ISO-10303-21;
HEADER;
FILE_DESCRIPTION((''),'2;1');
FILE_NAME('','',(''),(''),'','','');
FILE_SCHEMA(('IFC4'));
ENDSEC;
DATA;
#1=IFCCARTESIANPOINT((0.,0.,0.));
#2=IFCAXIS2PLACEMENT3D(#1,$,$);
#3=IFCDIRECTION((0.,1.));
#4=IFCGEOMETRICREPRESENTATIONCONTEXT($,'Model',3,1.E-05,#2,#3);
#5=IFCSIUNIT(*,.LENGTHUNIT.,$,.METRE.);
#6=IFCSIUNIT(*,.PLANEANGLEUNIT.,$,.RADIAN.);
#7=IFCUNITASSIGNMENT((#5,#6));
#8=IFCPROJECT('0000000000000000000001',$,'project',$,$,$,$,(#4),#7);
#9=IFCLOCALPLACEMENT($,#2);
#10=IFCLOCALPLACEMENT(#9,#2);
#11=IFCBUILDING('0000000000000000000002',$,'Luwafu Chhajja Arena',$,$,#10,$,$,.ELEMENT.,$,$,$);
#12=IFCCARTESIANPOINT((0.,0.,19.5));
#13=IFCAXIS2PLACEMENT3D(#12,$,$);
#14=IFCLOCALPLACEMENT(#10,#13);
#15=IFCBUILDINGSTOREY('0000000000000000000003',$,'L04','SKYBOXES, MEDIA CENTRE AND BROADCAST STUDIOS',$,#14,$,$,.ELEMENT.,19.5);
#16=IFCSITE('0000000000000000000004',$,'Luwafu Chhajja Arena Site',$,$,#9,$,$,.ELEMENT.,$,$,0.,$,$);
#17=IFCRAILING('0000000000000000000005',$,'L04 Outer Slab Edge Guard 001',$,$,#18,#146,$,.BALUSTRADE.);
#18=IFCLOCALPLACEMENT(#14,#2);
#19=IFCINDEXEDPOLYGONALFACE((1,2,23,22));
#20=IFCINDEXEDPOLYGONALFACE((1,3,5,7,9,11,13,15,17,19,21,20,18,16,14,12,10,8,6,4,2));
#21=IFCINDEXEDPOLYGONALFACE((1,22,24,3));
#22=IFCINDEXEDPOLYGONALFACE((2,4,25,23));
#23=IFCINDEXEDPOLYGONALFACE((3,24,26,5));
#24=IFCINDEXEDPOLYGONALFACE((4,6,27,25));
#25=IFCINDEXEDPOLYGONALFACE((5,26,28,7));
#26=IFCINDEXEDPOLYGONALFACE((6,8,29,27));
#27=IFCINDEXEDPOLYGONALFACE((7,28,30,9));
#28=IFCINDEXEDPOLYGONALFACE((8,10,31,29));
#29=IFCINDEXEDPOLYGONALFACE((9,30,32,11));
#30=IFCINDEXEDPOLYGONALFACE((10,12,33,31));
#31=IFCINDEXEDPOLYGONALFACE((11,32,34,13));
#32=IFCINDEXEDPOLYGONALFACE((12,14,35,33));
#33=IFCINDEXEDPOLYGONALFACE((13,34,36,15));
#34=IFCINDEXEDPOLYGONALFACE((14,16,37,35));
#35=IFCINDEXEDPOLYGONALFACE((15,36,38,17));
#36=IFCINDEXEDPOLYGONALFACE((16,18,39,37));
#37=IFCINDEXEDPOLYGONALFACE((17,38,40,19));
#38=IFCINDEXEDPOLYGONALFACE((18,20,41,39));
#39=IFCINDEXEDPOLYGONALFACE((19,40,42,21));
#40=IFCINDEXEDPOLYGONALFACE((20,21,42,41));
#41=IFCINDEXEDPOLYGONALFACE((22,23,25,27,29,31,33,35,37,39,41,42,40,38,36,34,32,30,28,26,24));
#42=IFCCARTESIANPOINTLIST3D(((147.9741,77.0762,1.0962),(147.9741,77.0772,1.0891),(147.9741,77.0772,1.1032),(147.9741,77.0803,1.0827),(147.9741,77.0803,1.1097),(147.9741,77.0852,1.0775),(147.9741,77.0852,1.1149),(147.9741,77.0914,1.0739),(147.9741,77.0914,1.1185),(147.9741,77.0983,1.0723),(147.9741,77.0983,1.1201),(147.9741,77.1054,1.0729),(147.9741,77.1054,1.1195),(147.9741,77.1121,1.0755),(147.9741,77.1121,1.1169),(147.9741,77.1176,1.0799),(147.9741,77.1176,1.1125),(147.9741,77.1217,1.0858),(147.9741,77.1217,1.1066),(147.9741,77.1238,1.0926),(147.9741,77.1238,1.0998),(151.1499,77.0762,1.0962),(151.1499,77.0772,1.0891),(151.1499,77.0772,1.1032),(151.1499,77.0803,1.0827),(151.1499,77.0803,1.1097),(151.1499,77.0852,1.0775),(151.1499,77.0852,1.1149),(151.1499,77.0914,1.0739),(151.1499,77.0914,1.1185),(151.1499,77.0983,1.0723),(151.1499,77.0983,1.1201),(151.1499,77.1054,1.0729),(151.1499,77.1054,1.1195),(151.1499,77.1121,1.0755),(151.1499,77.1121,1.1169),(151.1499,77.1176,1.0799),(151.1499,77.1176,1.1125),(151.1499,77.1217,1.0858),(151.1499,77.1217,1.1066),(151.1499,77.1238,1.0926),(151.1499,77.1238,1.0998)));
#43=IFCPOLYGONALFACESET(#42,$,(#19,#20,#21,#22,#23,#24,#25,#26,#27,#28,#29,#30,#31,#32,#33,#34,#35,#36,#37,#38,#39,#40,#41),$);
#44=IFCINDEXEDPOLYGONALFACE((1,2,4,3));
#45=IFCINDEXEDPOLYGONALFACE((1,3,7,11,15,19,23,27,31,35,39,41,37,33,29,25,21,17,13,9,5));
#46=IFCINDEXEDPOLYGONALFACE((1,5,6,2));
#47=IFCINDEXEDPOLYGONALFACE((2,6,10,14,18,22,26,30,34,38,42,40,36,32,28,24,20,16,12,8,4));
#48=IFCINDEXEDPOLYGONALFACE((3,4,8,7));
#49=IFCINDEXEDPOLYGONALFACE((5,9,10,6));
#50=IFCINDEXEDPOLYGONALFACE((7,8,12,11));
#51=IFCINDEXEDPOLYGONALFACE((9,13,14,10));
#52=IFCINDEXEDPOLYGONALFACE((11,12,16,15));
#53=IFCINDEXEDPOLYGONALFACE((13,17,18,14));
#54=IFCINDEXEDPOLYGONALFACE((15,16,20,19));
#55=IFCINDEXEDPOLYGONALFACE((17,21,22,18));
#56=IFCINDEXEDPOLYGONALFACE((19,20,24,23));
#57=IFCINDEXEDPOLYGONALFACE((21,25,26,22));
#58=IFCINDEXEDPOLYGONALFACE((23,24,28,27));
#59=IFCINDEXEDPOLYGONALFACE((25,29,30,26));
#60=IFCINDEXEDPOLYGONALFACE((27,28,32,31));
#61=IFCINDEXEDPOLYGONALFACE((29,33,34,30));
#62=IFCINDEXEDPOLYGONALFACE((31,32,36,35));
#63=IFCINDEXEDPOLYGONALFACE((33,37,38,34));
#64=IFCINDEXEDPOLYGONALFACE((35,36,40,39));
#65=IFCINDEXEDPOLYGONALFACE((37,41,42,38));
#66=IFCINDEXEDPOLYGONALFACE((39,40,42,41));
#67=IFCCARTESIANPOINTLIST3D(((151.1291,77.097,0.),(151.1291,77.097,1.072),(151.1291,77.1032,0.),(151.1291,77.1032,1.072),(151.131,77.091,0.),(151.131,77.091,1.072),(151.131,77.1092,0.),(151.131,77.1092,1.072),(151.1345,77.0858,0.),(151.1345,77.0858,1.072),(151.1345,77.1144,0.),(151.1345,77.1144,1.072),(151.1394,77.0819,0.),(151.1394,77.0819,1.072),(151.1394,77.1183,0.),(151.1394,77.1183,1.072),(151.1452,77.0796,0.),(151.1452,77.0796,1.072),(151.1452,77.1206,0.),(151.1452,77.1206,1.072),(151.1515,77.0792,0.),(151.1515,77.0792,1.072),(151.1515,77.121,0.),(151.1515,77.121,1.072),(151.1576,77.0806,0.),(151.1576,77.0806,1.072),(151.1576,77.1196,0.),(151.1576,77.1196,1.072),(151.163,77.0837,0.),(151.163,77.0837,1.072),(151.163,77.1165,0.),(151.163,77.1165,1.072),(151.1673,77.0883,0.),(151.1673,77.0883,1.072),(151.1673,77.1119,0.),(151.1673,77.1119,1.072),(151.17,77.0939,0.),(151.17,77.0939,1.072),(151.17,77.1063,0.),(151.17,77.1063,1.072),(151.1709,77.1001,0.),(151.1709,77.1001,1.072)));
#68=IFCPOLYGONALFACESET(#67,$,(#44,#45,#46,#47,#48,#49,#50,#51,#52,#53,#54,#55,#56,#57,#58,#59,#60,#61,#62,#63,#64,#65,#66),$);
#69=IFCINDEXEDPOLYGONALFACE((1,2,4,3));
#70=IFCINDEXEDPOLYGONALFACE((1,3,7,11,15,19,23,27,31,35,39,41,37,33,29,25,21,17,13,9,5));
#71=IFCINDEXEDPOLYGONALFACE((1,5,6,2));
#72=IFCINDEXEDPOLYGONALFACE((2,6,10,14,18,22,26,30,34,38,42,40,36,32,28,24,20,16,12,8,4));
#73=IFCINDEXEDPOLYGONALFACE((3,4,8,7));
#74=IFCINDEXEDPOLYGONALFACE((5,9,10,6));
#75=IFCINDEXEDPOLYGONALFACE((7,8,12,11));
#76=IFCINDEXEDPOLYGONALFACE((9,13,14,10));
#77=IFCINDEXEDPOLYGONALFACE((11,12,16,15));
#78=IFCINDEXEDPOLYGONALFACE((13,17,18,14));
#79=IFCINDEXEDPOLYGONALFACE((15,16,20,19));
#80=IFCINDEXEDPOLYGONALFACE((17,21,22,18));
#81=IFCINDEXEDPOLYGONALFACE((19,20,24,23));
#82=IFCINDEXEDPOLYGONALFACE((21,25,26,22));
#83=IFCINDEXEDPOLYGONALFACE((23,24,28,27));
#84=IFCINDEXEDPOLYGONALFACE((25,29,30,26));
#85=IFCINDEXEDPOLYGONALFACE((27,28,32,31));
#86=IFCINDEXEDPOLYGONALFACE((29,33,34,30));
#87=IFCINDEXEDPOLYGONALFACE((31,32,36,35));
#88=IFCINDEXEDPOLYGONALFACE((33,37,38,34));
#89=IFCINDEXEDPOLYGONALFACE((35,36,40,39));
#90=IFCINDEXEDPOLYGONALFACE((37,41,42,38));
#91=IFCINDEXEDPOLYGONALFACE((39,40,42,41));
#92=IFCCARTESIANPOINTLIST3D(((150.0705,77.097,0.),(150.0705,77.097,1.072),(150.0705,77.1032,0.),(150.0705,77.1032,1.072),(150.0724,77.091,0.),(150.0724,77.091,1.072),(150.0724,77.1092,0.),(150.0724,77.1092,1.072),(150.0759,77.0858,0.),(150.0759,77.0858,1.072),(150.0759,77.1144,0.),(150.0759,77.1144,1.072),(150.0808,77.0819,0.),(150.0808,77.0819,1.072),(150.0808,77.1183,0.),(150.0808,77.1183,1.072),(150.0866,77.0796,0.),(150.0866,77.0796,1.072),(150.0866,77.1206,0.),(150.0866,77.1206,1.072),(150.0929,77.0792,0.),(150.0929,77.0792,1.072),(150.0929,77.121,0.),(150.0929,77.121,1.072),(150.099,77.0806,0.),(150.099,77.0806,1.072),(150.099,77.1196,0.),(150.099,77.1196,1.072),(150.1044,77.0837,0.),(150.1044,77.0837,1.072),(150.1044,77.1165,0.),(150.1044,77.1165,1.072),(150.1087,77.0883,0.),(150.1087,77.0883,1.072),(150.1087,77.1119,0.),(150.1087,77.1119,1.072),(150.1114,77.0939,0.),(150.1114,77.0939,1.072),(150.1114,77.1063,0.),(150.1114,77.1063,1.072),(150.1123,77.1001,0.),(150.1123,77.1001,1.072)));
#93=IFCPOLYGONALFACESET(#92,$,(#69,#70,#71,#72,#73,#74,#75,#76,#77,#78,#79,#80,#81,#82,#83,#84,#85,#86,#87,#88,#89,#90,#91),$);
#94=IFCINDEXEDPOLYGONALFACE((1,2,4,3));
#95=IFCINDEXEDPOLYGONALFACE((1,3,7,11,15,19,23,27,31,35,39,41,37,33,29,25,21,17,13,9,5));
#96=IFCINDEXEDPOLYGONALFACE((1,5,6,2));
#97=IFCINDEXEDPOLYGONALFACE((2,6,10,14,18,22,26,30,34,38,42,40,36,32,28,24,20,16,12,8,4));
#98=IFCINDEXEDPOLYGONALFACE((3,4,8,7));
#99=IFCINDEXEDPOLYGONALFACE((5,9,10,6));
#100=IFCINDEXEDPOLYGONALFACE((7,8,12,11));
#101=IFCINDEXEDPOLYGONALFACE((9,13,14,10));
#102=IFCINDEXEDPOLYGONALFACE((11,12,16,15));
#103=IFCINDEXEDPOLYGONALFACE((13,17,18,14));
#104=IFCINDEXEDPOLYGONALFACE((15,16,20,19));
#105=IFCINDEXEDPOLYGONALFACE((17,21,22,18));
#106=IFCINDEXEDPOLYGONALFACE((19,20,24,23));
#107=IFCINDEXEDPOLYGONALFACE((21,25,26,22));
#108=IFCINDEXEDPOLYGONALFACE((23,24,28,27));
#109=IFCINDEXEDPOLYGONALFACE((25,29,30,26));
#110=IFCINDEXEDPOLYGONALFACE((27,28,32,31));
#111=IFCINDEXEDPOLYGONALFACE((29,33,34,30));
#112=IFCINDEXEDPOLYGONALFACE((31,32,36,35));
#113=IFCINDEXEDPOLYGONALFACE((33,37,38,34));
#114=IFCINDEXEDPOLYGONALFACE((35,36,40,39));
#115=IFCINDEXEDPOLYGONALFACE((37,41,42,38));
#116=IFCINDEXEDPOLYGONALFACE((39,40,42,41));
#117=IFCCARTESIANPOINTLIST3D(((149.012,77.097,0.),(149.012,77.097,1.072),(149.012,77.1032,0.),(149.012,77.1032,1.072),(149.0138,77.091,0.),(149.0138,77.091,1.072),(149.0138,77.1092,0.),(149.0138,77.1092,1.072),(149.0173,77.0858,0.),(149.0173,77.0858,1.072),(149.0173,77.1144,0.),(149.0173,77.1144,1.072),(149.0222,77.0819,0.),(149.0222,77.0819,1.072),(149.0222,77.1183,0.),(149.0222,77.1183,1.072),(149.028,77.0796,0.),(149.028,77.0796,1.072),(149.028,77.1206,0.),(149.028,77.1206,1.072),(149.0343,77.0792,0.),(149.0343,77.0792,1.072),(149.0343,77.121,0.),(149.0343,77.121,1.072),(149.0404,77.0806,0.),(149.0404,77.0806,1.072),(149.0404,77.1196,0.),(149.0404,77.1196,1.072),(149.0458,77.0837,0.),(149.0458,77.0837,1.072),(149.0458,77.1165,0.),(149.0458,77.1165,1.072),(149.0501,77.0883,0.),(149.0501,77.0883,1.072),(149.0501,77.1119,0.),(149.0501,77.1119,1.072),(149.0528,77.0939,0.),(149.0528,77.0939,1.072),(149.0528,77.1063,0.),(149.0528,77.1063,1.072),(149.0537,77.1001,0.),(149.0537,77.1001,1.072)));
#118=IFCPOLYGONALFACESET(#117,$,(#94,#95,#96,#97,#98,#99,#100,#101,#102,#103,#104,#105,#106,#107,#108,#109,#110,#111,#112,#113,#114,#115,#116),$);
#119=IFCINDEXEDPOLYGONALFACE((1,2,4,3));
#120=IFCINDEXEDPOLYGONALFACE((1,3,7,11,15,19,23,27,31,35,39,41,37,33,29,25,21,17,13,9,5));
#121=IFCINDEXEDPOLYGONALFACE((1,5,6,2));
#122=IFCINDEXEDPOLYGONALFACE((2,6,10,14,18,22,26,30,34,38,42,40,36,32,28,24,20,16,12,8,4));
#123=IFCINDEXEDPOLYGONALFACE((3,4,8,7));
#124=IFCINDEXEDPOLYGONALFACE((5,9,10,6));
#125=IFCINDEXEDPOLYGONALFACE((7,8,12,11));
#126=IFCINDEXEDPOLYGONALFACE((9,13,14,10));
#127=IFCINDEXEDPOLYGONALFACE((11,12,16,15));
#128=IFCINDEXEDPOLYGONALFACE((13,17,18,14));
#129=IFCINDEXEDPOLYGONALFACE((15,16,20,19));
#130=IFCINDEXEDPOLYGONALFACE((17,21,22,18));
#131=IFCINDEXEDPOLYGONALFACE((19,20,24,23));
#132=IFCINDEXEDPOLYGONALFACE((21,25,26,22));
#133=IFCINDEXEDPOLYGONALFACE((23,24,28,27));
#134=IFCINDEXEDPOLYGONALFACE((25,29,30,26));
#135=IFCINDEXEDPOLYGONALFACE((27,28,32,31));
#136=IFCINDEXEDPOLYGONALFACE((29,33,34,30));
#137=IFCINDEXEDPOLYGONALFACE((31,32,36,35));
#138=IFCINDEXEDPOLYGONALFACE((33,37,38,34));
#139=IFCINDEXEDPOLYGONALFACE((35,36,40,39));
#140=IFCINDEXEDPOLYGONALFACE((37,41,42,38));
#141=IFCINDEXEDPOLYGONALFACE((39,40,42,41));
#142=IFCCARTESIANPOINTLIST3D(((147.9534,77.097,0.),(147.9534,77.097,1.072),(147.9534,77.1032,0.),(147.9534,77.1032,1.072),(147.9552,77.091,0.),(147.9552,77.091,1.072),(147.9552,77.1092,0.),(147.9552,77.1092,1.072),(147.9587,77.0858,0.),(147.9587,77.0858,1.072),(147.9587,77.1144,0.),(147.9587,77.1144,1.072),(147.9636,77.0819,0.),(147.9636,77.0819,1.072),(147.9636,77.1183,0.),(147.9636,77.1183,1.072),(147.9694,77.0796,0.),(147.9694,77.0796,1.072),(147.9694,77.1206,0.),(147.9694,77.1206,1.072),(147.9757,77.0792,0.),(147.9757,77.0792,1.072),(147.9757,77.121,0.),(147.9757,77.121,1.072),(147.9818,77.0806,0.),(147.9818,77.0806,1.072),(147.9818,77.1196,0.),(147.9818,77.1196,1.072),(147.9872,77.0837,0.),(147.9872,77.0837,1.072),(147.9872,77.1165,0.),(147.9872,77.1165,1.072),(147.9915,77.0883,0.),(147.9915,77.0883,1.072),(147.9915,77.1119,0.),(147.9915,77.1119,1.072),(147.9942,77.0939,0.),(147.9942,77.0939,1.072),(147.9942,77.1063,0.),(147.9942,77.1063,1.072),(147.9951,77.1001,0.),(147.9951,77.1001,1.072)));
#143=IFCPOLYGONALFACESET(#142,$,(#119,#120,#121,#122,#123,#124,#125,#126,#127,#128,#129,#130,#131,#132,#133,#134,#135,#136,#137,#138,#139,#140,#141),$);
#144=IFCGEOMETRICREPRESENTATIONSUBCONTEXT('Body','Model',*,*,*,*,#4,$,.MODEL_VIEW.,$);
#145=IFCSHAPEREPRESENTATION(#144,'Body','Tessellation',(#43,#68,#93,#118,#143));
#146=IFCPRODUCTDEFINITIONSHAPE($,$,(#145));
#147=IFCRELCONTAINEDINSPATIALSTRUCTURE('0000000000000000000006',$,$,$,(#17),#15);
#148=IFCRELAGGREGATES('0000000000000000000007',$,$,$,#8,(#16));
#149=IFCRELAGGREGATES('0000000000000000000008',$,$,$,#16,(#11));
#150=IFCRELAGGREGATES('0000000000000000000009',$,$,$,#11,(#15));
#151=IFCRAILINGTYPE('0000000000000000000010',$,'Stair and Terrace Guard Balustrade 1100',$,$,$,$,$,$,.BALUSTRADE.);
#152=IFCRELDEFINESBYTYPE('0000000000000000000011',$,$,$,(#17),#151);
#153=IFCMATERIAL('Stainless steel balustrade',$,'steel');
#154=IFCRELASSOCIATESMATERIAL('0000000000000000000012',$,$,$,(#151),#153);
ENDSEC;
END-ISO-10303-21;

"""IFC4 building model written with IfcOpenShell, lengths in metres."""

from ifc_helpers import new_model, si_unit, direction, frame, origin, origin_2d, place, context, subcontext, project, spatial, circle, extrude, material, type_object, element, save


model = new_model("IFC4")

# Units and contexts
model_context = context("Model", 3, precision=1e-05, world=origin(), true_north=direction((0.0, 1.0)))
body_context = subcontext(model_context, "Body", "Model", "MODEL_VIEW")
ifc_project = project(units=[si_unit("LENGTHUNIT", "METRE"), si_unit("PLANEANGLEUNIT", "RADIAN")], contexts=[model_context])

# Site, building, storey
site_placement = place(None, origin())
site = spatial("IfcSite", under=ifc_project, at=site_placement, Name="Luwafu Chhajja Arena Site", CompositionType="ELEMENT", RefElevation=0.0)
building_placement = place(site_placement, origin())
building = spatial("IfcBuilding", under=site, at=building_placement, Name="Luwafu Chhajja Arena", CompositionType="ELEMENT")
storey_placement = place(building_placement, frame((0.0, 0.0, 19.5)))
storey = spatial("IfcBuildingStorey", under=building, at=storey_placement, Name="L04", Description="SKYBOXES, MEDIA CENTRE AND BROADCAST STUDIOS", CompositionType="ELEMENT", Elevation=19.5)

# Railing
ifc_material_1 = material(Name="Stainless steel balustrade", Category="steel")
railing_type_1 = type_object("IfcRailingType", Name="Stair and Terrace Guard Balustrade 1100", PredefinedType="BALUSTRADE", material=ifc_material_1)
railing_1_placement = place(storey_placement, frame((151.1499, 77.1001, 0.0)))
element("IfcRailing", 1, at=railing_1_placement, inside=storey, type_object=railing_type_1, Name="L04 Outer Slab Edge Guard 001", PredefinedType="BALUSTRADE", context=body_context, shape_type="SweptSolid", body=[
    extrude(circle(Radius=0.0239, at=origin_2d()), frame((0.0, 0.0, 1.0962), z_axis=(-1.0, 0.0, 0.0), x_axis=(0.0, -1.0, 0.0)), (0.0, 0.0, 1.0), 3.1758),
    extrude(circle(Radius=0.021, at=origin_2d()), origin(), (0.0, 0.0, 1.0), 1.072),
    extrude(circle(Radius=0.021, at=origin_2d()), frame((-1.0586, 0.0, 0.0)), (0.0, 0.0, 1.0), 1.072),
    extrude(circle(Radius=0.021, at=origin_2d()), frame((-2.1172, 0.0, 0.0)), (0.0, 0.0, 1.0), 1.072),
    extrude(circle(Radius=0.021, at=origin_2d()), frame((-3.1758, 0.0, 0.0)), (0.0, 0.0, 1.0), 1.072),
])

save(model, "model.ifc")
